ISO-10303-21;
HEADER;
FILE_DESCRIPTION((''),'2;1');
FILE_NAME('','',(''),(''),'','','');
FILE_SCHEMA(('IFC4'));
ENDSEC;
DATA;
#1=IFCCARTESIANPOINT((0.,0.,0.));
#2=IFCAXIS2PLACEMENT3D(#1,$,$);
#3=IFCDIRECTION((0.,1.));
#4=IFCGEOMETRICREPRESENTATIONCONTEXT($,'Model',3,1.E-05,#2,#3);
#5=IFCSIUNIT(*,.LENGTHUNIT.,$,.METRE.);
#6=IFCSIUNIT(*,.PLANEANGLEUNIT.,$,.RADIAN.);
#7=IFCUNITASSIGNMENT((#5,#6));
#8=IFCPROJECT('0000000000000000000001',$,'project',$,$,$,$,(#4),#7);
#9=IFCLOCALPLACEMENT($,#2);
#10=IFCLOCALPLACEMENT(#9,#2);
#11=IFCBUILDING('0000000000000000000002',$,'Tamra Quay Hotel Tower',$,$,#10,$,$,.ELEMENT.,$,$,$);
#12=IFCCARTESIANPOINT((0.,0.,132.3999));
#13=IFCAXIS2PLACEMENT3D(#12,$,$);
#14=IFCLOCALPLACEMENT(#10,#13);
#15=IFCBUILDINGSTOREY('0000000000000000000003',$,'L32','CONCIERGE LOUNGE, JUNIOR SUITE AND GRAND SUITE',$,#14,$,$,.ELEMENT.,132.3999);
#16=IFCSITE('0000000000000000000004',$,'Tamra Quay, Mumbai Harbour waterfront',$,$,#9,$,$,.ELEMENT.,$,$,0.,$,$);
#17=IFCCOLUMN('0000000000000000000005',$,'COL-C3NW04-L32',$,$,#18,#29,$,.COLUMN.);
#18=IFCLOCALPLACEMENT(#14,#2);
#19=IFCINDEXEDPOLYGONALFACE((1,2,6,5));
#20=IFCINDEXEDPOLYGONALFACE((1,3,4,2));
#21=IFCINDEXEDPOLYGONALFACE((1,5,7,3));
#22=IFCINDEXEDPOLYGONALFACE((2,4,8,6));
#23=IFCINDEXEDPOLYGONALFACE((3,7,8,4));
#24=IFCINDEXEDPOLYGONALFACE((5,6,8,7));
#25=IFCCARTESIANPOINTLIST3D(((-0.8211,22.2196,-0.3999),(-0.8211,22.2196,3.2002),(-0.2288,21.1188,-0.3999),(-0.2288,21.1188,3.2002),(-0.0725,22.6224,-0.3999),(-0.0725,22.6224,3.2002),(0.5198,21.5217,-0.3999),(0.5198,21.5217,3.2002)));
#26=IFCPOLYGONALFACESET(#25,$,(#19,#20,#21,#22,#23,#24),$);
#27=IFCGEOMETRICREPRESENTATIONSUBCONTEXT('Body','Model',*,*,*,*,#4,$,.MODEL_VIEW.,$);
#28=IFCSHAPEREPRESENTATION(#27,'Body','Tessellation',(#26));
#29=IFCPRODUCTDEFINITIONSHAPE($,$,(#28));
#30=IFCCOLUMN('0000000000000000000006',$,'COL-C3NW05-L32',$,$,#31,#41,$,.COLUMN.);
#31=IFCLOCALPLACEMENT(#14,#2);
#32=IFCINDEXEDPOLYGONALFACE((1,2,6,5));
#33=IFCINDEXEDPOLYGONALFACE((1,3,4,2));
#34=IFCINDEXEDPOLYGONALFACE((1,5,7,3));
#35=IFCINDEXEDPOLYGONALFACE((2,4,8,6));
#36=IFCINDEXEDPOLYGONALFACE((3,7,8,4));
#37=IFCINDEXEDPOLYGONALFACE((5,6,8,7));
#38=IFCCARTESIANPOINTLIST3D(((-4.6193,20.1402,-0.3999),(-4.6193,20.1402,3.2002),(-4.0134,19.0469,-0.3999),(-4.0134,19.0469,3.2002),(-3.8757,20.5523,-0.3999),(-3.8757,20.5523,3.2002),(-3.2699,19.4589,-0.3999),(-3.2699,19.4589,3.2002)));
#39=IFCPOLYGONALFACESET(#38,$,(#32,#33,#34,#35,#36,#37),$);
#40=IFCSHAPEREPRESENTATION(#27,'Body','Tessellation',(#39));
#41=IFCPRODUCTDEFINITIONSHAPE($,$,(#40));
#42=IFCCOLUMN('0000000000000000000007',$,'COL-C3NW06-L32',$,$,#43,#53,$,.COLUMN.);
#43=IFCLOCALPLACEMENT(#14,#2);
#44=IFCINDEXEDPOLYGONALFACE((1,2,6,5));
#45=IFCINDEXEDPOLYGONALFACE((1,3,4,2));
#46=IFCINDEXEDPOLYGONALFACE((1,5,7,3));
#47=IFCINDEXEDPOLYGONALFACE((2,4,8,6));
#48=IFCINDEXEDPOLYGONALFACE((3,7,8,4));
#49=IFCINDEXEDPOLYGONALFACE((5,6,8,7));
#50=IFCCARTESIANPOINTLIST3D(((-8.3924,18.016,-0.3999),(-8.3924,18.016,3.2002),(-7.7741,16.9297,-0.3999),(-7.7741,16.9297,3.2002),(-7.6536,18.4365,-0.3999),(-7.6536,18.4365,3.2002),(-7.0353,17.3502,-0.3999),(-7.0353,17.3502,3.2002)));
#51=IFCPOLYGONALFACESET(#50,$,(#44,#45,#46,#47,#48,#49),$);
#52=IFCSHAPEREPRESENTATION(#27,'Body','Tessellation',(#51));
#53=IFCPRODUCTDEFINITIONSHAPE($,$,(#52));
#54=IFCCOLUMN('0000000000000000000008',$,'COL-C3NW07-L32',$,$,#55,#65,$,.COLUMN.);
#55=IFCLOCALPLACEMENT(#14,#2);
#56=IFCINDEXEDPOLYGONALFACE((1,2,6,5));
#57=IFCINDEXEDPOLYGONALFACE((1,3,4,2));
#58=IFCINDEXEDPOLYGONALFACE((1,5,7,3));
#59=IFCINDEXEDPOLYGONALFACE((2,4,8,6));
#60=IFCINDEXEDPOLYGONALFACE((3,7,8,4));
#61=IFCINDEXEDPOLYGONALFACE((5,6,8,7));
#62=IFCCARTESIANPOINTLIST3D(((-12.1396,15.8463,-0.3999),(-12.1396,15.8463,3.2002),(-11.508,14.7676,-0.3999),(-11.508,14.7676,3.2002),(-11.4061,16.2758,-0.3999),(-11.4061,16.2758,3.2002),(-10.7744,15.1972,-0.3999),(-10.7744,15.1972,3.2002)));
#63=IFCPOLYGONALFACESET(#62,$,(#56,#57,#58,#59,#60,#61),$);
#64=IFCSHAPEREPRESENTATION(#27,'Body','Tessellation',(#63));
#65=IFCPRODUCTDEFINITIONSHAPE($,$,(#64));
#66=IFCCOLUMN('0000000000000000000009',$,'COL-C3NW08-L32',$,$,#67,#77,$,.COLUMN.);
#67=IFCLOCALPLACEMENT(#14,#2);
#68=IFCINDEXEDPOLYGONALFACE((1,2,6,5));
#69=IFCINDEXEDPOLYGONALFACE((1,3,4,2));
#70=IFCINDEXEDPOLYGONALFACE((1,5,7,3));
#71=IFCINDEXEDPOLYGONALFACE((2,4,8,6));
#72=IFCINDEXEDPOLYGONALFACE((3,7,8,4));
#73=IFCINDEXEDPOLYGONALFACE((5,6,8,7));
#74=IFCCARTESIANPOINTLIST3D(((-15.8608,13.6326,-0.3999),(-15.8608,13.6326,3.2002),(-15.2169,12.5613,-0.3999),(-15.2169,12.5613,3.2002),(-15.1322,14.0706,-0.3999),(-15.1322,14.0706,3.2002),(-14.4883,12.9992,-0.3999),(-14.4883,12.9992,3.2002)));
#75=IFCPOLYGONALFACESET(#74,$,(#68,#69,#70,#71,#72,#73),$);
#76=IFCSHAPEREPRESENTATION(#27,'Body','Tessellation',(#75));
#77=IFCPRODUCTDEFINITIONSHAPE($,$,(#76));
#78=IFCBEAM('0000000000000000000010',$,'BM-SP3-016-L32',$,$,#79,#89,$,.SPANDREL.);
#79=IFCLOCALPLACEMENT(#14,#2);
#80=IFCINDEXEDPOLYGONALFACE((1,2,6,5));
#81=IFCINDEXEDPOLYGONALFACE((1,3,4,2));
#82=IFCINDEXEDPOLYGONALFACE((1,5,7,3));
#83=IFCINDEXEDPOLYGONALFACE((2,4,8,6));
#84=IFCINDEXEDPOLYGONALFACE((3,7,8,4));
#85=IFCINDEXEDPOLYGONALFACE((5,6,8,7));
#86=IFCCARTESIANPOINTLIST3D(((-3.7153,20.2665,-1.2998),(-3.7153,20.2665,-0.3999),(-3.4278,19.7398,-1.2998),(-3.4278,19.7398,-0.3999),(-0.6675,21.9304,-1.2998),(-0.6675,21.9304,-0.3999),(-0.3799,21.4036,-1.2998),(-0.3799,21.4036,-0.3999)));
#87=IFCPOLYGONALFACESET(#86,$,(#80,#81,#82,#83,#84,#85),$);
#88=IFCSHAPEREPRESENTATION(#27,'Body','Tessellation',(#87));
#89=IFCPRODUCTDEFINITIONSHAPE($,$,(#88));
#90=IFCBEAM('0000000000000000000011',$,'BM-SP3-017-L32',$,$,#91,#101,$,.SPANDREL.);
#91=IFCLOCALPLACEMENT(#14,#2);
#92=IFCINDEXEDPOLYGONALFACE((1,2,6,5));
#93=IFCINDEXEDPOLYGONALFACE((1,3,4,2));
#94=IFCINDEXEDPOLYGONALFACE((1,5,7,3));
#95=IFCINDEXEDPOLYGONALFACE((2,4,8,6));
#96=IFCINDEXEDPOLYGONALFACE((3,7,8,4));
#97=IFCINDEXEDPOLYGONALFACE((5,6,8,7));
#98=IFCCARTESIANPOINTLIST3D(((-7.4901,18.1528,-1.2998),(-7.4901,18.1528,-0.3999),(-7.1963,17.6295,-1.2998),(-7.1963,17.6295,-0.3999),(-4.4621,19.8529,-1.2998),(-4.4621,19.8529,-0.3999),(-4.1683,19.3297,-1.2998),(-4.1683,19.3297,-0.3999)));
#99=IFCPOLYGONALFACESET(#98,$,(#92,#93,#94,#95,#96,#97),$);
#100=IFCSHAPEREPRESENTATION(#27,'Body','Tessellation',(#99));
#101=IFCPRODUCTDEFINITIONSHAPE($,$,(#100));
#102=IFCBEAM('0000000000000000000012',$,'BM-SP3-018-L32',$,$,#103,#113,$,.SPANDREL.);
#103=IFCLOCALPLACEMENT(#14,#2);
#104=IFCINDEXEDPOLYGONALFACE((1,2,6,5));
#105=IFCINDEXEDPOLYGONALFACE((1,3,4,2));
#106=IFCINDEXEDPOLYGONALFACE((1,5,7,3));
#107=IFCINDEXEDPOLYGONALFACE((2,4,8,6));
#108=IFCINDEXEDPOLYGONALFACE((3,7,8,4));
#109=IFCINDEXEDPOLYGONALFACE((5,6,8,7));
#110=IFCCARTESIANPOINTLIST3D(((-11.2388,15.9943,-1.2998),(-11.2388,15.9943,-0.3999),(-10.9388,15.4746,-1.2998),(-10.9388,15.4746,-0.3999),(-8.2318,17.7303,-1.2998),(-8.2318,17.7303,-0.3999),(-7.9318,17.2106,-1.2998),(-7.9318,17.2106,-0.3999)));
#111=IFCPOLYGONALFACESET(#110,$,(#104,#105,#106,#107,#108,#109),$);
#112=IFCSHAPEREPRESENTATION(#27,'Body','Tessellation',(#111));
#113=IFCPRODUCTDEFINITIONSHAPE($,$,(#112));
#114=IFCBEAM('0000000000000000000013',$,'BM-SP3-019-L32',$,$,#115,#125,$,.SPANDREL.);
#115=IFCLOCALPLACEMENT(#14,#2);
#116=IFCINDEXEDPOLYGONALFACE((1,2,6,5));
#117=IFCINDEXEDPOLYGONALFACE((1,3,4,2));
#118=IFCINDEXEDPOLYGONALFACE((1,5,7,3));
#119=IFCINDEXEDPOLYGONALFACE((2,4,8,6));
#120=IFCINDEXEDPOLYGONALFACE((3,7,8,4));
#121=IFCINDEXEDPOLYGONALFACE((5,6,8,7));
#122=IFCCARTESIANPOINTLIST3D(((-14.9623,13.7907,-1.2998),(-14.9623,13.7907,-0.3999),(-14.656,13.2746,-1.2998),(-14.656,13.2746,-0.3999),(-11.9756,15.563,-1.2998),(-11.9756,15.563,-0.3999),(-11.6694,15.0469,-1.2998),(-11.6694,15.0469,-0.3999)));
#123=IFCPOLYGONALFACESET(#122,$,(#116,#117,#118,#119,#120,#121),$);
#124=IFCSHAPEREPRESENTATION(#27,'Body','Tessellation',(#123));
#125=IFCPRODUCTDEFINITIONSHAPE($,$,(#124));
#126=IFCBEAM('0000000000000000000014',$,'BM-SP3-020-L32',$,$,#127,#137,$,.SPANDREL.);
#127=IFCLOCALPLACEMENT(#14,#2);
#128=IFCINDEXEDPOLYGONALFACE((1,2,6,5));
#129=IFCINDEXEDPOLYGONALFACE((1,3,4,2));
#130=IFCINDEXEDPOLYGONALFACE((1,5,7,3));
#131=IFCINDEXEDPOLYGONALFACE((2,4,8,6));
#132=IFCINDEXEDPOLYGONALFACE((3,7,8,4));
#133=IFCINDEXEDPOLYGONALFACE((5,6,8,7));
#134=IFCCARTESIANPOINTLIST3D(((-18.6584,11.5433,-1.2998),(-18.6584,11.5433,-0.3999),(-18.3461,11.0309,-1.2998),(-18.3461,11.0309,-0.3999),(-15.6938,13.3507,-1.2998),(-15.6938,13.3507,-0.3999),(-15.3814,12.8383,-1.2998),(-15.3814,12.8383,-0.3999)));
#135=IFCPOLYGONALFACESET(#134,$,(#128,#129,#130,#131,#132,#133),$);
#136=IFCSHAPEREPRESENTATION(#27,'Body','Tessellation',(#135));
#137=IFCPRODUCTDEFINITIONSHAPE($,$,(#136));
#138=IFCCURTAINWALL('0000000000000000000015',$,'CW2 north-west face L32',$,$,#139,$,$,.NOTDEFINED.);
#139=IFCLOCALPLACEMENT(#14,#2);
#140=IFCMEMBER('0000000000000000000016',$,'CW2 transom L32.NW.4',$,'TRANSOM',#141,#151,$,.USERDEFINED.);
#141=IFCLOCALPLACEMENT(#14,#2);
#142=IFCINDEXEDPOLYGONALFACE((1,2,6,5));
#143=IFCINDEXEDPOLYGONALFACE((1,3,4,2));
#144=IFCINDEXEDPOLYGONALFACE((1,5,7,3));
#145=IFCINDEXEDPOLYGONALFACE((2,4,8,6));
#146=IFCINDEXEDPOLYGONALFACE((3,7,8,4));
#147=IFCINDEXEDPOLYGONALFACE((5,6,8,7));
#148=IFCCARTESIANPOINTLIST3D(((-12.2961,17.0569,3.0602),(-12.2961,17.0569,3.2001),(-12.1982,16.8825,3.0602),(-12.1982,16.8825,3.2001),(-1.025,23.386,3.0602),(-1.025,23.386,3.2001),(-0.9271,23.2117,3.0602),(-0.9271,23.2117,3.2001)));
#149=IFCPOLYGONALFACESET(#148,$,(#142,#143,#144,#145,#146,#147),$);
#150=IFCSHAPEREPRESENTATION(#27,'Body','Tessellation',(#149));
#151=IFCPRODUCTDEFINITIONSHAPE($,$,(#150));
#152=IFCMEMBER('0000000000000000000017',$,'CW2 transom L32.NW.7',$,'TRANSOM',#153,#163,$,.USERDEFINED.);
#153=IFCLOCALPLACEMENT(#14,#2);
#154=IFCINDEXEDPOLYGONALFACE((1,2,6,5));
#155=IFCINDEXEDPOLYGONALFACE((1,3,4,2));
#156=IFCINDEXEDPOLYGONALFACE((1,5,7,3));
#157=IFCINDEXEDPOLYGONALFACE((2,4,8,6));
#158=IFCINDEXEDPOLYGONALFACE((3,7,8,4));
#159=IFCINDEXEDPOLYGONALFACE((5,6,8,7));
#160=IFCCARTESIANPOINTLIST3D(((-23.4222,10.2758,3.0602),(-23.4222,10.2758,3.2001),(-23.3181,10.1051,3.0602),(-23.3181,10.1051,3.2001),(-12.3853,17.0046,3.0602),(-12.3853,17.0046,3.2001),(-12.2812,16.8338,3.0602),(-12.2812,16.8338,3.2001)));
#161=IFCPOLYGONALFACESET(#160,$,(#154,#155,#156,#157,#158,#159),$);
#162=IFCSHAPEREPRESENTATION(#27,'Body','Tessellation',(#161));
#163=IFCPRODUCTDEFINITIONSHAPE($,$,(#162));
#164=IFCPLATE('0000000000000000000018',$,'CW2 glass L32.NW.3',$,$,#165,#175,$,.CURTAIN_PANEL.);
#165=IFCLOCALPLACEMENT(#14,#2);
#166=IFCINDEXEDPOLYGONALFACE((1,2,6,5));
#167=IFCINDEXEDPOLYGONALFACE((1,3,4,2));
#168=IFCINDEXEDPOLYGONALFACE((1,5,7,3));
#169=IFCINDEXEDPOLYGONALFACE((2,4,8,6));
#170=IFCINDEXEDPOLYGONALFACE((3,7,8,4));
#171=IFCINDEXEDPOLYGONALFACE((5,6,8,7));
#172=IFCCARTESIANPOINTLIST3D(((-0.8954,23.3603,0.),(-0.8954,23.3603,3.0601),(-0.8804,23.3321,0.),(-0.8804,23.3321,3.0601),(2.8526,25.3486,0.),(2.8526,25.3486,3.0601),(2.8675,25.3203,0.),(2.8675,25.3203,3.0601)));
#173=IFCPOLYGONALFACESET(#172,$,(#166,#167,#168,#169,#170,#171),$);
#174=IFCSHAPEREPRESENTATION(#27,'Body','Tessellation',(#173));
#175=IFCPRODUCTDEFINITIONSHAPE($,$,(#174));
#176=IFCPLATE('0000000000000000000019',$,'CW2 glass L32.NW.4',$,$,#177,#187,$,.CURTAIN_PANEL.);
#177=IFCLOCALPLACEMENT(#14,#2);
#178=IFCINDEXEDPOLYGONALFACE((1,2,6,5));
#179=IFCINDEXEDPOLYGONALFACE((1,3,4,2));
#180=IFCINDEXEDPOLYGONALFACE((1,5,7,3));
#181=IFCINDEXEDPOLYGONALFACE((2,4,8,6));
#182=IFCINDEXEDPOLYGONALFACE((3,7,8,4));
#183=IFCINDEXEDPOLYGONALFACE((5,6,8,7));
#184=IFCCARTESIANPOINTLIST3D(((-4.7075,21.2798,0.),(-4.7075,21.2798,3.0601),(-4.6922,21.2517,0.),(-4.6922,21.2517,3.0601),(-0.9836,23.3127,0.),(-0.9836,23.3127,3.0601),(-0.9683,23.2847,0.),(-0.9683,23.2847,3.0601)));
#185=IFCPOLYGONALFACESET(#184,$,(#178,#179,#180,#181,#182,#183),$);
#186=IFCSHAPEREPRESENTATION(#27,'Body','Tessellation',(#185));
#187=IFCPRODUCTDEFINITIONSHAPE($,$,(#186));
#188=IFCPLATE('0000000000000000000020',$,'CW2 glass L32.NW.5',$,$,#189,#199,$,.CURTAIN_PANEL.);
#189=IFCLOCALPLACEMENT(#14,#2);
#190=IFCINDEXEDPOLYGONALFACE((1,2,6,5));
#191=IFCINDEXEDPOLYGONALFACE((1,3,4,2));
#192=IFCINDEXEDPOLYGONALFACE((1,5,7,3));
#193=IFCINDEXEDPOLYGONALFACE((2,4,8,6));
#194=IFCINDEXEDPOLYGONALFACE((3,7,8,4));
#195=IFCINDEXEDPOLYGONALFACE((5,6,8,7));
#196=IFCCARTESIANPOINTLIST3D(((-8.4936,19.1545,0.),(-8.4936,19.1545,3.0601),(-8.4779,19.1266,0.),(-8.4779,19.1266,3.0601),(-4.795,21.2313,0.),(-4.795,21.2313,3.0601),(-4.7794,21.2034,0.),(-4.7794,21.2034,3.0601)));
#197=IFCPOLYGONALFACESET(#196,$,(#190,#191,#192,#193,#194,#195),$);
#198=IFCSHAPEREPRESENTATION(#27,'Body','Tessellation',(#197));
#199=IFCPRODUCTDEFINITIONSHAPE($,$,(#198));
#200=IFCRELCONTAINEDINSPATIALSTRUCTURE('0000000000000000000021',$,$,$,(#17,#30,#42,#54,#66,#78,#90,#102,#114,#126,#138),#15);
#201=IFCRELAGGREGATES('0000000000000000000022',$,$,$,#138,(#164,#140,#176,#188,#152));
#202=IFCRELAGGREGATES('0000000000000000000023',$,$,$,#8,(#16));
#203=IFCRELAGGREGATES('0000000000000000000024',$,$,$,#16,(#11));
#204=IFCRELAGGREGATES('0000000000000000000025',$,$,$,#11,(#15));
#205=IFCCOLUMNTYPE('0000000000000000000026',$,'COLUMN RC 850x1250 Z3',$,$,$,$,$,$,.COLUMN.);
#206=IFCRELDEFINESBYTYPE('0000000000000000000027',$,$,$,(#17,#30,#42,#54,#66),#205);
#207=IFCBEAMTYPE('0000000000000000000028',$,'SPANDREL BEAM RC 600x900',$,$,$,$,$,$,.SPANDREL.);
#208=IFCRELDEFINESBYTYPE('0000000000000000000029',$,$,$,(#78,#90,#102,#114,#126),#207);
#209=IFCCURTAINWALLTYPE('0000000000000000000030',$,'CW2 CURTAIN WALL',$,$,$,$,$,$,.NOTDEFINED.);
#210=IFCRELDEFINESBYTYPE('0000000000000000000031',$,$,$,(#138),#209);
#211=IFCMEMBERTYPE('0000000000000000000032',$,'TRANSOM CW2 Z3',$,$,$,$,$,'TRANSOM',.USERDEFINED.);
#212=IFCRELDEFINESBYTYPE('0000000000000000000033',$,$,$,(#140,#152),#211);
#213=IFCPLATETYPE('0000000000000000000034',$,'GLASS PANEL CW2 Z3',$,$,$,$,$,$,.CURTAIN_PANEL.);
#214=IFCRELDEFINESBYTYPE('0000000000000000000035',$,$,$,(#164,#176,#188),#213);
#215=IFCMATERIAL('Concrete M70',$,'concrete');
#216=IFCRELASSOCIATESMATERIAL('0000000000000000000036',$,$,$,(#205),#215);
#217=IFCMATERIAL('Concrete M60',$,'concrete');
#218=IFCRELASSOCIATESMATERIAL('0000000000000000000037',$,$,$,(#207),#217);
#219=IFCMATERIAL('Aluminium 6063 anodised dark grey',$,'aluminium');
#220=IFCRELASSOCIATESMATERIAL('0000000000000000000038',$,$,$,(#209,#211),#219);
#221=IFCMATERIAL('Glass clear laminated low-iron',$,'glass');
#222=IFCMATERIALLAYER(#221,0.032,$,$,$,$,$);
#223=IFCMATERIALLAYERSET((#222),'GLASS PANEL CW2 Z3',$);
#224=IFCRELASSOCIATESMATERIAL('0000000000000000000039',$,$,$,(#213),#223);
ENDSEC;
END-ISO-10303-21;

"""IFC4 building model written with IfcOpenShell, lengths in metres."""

from ifc_helpers import new_model, si_unit, direction, frame, origin, origin_2d, place, context, subcontext, project, spatial, rectangle, extrude, material, layer, layer_set, material_profile, profile_set, type_object, element, aggregate, save


model = new_model("IFC4")

# Units and contexts
model_context = context("Model", 3, precision=1e-05, world=origin(), true_north=direction((0.0, 1.0)))
body_context = subcontext(model_context, "Body", "Model", "MODEL_VIEW")
ifc_project = project(units=[si_unit("LENGTHUNIT", "METRE"), si_unit("PLANEANGLEUNIT", "RADIAN")], contexts=[model_context])

# Site, building, storey
site_placement = place(None, origin())
site = spatial("IfcSite", under=ifc_project, at=site_placement, Name="Tamra Quay, Mumbai Harbour waterfront", CompositionType="ELEMENT", RefElevation=0.0)
building_placement = place(site_placement, origin())
building = spatial("IfcBuilding", under=site, at=building_placement, Name="Tamra Quay Hotel Tower", CompositionType="ELEMENT")
storey_placement = place(building_placement, frame((0.0, 0.0, 132.3999)))
storey = spatial("IfcBuildingStorey", under=building, at=storey_placement, Name="L32", Description="CONCIERGE LOUNGE, JUNIOR SUITE AND GRAND SUITE", CompositionType="ELEMENT", Elevation=132.3999)

# Columns
ifc_material_1 = material(Name="Concrete M70", Category="concrete")
ifc_material_profile_1 = material_profile(ifc_material_1, rectangle(XDim=1.25, YDim=0.8501, at=origin_2d()), Name="COLUMN RC 850x1250 Z3")
ifc_profile_set_1 = profile_set([ifc_material_profile_1], Name="Concrete M70")
column_type = type_object("IfcColumnType", Name="COLUMN RC 850x1250 Z3", PredefinedType="COLUMN", material=ifc_profile_set_1)
for number, where, z_axis, x_axis, name in (
    (1, (-0.1506, 21.8706, -0.3999), (0.0, 0.0, 1.0), (-0.473876, 0.880592, 0.0), "COL-C3NW04-L32"),
    (2, (-3.9446, 19.7996, -0.3999), (0.0, 0.0, 1.0), (-0.484683, 0.87469, 0.0), "COL-C3NW05-L32"),
    (3, (-7.7139, 17.6831, -0.3999), (0.0, 0.0, 1.0), (-0.494656, 0.869089, 0.0), "COL-C3NW06-L32"),
    (4, (-11.457, 15.5217, -0.3999), (0.0, 0.0, 1.0), (-0.505325, 0.862929, 0.0), "COL-C3NW07-L32"),
    (5, (-15.1746, 13.3159, -0.3999), (0.0, 0.0, 1.0), (-0.515162, 0.857093, 0.0), "COL-C3NW08-L32"),
):
    element("IfcColumn", number, at=place(storey_placement, frame(where, z_axis=z_axis, x_axis=x_axis)), inside=storey, type_object=column_type, Name=name, PredefinedType="COLUMN", context=body_context, shape_type="SweptSolid", body=[
        extrude(rectangle(XDim=1.25, YDim=0.8501, at=origin_2d()), origin(), (0.0, 0.0, 1.0), 3.6001),
    ])

# Beams
ifc_material_2 = material(Name="Concrete M60", Category="concrete")
ifc_material_profile_2 = material_profile(ifc_material_2, rectangle(XDim=0.6001, YDim=0.8999, at=origin_2d()), Name="SPANDREL BEAM RC 600x900")
ifc_profile_set_2 = profile_set([ifc_material_profile_2], Name="Concrete M60")
beam_type = type_object("IfcBeamType", Name="SPANDREL BEAM RC 600x900", PredefinedType="SPANDREL", material=ifc_profile_set_2)
beam_1_placement = place(storey_placement, frame((-0.5237, 21.667, -0.8499), z_axis=(-0.877732, -0.479153, 0.0), x_axis=(0.479153, -0.877732, 0.0)))
element("IfcBeam", 6, at=beam_1_placement, inside=storey, type_object=beam_type, Name="BM-SP3-016-L32", PredefinedType="SPANDREL", context=body_context, shape_type="SweptSolid", body=[
    extrude(rectangle(XDim=0.6001, YDim=0.8999, at=origin_2d()), origin(), (0.0, 0.0, 1.0), 3.4724),
])
beam_2_placement = place(storey_placement, frame((-4.3152, 19.5913, -0.8499), z_axis=(-0.871956, -0.489584, 0.0), x_axis=(0.489584, -0.871956, 0.0)))
element("IfcBeam", 7, at=beam_2_placement, inside=storey, type_object=beam_type, Name="BM-SP3-017-L32", PredefinedType="SPANDREL", context=body_context, shape_type="SweptSolid", body=[
    extrude(rectangle(XDim=0.6001, YDim=0.8999, at=origin_2d()), origin(), (0.0, 0.0, 1.0), 3.4727),
])
beam_3_placement = place(storey_placement, frame((-8.0818, 17.4705, -0.8499), z_axis=(-0.866032, -0.499988, 0.0), x_axis=(0.499988, -0.866032, 0.0)))
element("IfcBeam", 8, at=beam_3_placement, inside=storey, type_object=beam_type, Name="BM-SP3-018-L32", PredefinedType="SPANDREL", context=body_context, shape_type="SweptSolid", body=[
    extrude(rectangle(XDim=0.6001, YDim=0.8999, at=origin_2d()), origin(), (0.0, 0.0, 1.0), 3.4722),
])
beam_4_placement = place(storey_placement, frame((-11.8225, 15.3049, -0.8499), z_axis=(-0.859989, -0.510313, 0.0), x_axis=(0.510313, -0.859989, 0.0)))
element("IfcBeam", 9, at=beam_4_placement, inside=storey, type_object=beam_type, Name="BM-SP3-019-L32", PredefinedType="SPANDREL", context=body_context, shape_type="SweptSolid", body=[
    extrude(rectangle(XDim=0.6001, YDim=0.8999, at=origin_2d()), origin(), (0.0, 0.0, 1.0), 3.4729),
])
beam_5_placement = place(storey_placement, frame((-15.5376, 13.0945, -0.8499), z_axis=(-0.853836, -0.520542, 0.0), x_axis=(0.520542, -0.853836, 0.0)))
element("IfcBeam", 10, at=beam_5_placement, inside=storey, type_object=beam_type, Name="BM-SP3-020-L32", PredefinedType="SPANDREL", context=body_context, shape_type="SweptSolid", body=[
    extrude(rectangle(XDim=0.6001, YDim=0.8999, at=origin_2d()), origin(), (0.0, 0.0, 1.0), 3.4722),
])

# Curtain wall, members, plates
ifc_material_3 = material(Name="Aluminium 6063 anodised dark grey", Category="aluminium")
curtain_wall_type = type_object("IfcCurtainWallType", Name="CW2 CURTAIN WALL", PredefinedType="NOTDEFINED", material=ifc_material_3)
curtain_wall_placement = place(storey_placement, origin())
curtain_wall = element("IfcCurtainWall", 11, at=curtain_wall_placement, inside=storey, type_object=curtain_wall_type, Name="CW2 north-west face L32", PredefinedType="NOTDEFINED")
ifc_material_profile_3 = material_profile(ifc_material_3, rectangle(XDim=0.2, YDim=0.1399, at=origin_2d()), Name="TRANSOM 200X140")
ifc_profile_set_3 = profile_set([ifc_material_profile_3], Name="Aluminium 6063 anodised dark grey")
member_type = type_object("IfcMemberType", Name="TRANSOM CW2 Z3", ElementType="TRANSOM", PredefinedType="USERDEFINED", material=ifc_profile_set_3)
member_1_placement = place(storey_placement, frame((-0.9761, 23.2988, 3.1301), z_axis=(-0.871933, -0.489624, 0.0), x_axis=(0.489624, -0.871933, 0.0)))
member_1 = element("IfcMember", 12, at=member_1_placement, type_object=member_type, Name="CW2 transom L32.NW.4", ObjectType="TRANSOM", PredefinedType="USERDEFINED", context=body_context, shape_type="SweptSolid", body=[
    extrude(rectangle(XDim=0.2, YDim=0.1399, at=origin_2d()), origin(), (0.0, 0.0, 1.0), 12.9265),
])
member_2_placement = place(storey_placement, frame((-12.3333, 16.9192, 3.1301), z_axis=(-0.853832, -0.520549, 0.0), x_axis=(0.520549, -0.853832, 0.0)))
member_2 = element("IfcMember", 13, at=member_2_placement, type_object=member_type, Name="CW2 transom L32.NW.7", ObjectType="TRANSOM", PredefinedType="USERDEFINED", context=body_context, shape_type="SweptSolid", body=[
    extrude(rectangle(XDim=0.2, YDim=0.1399, at=origin_2d()), origin(), (0.0, 0.0, 1.0), 12.9263),
])
ifc_material_4 = material(Name="Glass clear laminated low-iron", Category="glass")
ifc_layer_1 = layer(ifc_material_4, 0.032)
ifc_layer_set_1 = layer_set([ifc_layer_1], Name="GLASS PANEL CW2 Z3")
plate_type = type_object("IfcPlateType", Name="GLASS PANEL CW2 Z3", PredefinedType="CURTAIN_PANEL", material=ifc_layer_set_1)
plate_1_placement = place(storey_placement, frame((0.9861, 24.3403, 0.0), z_axis=(0.0, 0.0, 1.0), x_axis=(-0.883391, -0.468636, 0.0)))
plate_1 = element("IfcPlate", 14, at=plate_1_placement, type_object=plate_type, Name="CW2 glass L32.NW.3", PredefinedType="CURTAIN_PANEL", context=body_context, shape_type="SweptSolid", body=[
    extrude(rectangle(XDim=4.2427, YDim=0.032, at=origin_2d()), origin(), (0.0, 0.0, 1.0), 3.0601),
])
plate_2_placement = place(storey_placement, frame((-2.8379, 22.2822, 0.0), z_axis=(0.0, 0.0, 1.0), x_axis=(-0.877726, -0.479163, 0.0)))
plate_2 = element("IfcPlate", 15, at=plate_2_placement, type_object=plate_type, Name="CW2 glass L32.NW.4", PredefinedType="CURTAIN_PANEL", context=body_context, shape_type="SweptSolid", body=[
    extrude(rectangle(XDim=4.2427, YDim=0.032, at=origin_2d()), origin(), (0.0, 0.0, 1.0), 3.0601),
])
plate_3_placement = place(storey_placement, frame((-6.6365, 20.179, 0.0), z_axis=(0.0, 0.0, 1.0), x_axis=(-0.871942, -0.489609, 0.0)))
plate_3 = element("IfcPlate", 16, at=plate_3_placement, type_object=plate_type, Name="CW2 glass L32.NW.5", PredefinedType="CURTAIN_PANEL", context=body_context, shape_type="SweptSolid", body=[
    extrude(rectangle(XDim=4.2417, YDim=0.032, at=origin_2d()), origin(), (0.0, 0.0, 1.0), 3.0601),
])
aggregate(curtain_wall, [plate_1, member_1, plate_2, plate_3, member_2])

save(model, "model.ifc")
